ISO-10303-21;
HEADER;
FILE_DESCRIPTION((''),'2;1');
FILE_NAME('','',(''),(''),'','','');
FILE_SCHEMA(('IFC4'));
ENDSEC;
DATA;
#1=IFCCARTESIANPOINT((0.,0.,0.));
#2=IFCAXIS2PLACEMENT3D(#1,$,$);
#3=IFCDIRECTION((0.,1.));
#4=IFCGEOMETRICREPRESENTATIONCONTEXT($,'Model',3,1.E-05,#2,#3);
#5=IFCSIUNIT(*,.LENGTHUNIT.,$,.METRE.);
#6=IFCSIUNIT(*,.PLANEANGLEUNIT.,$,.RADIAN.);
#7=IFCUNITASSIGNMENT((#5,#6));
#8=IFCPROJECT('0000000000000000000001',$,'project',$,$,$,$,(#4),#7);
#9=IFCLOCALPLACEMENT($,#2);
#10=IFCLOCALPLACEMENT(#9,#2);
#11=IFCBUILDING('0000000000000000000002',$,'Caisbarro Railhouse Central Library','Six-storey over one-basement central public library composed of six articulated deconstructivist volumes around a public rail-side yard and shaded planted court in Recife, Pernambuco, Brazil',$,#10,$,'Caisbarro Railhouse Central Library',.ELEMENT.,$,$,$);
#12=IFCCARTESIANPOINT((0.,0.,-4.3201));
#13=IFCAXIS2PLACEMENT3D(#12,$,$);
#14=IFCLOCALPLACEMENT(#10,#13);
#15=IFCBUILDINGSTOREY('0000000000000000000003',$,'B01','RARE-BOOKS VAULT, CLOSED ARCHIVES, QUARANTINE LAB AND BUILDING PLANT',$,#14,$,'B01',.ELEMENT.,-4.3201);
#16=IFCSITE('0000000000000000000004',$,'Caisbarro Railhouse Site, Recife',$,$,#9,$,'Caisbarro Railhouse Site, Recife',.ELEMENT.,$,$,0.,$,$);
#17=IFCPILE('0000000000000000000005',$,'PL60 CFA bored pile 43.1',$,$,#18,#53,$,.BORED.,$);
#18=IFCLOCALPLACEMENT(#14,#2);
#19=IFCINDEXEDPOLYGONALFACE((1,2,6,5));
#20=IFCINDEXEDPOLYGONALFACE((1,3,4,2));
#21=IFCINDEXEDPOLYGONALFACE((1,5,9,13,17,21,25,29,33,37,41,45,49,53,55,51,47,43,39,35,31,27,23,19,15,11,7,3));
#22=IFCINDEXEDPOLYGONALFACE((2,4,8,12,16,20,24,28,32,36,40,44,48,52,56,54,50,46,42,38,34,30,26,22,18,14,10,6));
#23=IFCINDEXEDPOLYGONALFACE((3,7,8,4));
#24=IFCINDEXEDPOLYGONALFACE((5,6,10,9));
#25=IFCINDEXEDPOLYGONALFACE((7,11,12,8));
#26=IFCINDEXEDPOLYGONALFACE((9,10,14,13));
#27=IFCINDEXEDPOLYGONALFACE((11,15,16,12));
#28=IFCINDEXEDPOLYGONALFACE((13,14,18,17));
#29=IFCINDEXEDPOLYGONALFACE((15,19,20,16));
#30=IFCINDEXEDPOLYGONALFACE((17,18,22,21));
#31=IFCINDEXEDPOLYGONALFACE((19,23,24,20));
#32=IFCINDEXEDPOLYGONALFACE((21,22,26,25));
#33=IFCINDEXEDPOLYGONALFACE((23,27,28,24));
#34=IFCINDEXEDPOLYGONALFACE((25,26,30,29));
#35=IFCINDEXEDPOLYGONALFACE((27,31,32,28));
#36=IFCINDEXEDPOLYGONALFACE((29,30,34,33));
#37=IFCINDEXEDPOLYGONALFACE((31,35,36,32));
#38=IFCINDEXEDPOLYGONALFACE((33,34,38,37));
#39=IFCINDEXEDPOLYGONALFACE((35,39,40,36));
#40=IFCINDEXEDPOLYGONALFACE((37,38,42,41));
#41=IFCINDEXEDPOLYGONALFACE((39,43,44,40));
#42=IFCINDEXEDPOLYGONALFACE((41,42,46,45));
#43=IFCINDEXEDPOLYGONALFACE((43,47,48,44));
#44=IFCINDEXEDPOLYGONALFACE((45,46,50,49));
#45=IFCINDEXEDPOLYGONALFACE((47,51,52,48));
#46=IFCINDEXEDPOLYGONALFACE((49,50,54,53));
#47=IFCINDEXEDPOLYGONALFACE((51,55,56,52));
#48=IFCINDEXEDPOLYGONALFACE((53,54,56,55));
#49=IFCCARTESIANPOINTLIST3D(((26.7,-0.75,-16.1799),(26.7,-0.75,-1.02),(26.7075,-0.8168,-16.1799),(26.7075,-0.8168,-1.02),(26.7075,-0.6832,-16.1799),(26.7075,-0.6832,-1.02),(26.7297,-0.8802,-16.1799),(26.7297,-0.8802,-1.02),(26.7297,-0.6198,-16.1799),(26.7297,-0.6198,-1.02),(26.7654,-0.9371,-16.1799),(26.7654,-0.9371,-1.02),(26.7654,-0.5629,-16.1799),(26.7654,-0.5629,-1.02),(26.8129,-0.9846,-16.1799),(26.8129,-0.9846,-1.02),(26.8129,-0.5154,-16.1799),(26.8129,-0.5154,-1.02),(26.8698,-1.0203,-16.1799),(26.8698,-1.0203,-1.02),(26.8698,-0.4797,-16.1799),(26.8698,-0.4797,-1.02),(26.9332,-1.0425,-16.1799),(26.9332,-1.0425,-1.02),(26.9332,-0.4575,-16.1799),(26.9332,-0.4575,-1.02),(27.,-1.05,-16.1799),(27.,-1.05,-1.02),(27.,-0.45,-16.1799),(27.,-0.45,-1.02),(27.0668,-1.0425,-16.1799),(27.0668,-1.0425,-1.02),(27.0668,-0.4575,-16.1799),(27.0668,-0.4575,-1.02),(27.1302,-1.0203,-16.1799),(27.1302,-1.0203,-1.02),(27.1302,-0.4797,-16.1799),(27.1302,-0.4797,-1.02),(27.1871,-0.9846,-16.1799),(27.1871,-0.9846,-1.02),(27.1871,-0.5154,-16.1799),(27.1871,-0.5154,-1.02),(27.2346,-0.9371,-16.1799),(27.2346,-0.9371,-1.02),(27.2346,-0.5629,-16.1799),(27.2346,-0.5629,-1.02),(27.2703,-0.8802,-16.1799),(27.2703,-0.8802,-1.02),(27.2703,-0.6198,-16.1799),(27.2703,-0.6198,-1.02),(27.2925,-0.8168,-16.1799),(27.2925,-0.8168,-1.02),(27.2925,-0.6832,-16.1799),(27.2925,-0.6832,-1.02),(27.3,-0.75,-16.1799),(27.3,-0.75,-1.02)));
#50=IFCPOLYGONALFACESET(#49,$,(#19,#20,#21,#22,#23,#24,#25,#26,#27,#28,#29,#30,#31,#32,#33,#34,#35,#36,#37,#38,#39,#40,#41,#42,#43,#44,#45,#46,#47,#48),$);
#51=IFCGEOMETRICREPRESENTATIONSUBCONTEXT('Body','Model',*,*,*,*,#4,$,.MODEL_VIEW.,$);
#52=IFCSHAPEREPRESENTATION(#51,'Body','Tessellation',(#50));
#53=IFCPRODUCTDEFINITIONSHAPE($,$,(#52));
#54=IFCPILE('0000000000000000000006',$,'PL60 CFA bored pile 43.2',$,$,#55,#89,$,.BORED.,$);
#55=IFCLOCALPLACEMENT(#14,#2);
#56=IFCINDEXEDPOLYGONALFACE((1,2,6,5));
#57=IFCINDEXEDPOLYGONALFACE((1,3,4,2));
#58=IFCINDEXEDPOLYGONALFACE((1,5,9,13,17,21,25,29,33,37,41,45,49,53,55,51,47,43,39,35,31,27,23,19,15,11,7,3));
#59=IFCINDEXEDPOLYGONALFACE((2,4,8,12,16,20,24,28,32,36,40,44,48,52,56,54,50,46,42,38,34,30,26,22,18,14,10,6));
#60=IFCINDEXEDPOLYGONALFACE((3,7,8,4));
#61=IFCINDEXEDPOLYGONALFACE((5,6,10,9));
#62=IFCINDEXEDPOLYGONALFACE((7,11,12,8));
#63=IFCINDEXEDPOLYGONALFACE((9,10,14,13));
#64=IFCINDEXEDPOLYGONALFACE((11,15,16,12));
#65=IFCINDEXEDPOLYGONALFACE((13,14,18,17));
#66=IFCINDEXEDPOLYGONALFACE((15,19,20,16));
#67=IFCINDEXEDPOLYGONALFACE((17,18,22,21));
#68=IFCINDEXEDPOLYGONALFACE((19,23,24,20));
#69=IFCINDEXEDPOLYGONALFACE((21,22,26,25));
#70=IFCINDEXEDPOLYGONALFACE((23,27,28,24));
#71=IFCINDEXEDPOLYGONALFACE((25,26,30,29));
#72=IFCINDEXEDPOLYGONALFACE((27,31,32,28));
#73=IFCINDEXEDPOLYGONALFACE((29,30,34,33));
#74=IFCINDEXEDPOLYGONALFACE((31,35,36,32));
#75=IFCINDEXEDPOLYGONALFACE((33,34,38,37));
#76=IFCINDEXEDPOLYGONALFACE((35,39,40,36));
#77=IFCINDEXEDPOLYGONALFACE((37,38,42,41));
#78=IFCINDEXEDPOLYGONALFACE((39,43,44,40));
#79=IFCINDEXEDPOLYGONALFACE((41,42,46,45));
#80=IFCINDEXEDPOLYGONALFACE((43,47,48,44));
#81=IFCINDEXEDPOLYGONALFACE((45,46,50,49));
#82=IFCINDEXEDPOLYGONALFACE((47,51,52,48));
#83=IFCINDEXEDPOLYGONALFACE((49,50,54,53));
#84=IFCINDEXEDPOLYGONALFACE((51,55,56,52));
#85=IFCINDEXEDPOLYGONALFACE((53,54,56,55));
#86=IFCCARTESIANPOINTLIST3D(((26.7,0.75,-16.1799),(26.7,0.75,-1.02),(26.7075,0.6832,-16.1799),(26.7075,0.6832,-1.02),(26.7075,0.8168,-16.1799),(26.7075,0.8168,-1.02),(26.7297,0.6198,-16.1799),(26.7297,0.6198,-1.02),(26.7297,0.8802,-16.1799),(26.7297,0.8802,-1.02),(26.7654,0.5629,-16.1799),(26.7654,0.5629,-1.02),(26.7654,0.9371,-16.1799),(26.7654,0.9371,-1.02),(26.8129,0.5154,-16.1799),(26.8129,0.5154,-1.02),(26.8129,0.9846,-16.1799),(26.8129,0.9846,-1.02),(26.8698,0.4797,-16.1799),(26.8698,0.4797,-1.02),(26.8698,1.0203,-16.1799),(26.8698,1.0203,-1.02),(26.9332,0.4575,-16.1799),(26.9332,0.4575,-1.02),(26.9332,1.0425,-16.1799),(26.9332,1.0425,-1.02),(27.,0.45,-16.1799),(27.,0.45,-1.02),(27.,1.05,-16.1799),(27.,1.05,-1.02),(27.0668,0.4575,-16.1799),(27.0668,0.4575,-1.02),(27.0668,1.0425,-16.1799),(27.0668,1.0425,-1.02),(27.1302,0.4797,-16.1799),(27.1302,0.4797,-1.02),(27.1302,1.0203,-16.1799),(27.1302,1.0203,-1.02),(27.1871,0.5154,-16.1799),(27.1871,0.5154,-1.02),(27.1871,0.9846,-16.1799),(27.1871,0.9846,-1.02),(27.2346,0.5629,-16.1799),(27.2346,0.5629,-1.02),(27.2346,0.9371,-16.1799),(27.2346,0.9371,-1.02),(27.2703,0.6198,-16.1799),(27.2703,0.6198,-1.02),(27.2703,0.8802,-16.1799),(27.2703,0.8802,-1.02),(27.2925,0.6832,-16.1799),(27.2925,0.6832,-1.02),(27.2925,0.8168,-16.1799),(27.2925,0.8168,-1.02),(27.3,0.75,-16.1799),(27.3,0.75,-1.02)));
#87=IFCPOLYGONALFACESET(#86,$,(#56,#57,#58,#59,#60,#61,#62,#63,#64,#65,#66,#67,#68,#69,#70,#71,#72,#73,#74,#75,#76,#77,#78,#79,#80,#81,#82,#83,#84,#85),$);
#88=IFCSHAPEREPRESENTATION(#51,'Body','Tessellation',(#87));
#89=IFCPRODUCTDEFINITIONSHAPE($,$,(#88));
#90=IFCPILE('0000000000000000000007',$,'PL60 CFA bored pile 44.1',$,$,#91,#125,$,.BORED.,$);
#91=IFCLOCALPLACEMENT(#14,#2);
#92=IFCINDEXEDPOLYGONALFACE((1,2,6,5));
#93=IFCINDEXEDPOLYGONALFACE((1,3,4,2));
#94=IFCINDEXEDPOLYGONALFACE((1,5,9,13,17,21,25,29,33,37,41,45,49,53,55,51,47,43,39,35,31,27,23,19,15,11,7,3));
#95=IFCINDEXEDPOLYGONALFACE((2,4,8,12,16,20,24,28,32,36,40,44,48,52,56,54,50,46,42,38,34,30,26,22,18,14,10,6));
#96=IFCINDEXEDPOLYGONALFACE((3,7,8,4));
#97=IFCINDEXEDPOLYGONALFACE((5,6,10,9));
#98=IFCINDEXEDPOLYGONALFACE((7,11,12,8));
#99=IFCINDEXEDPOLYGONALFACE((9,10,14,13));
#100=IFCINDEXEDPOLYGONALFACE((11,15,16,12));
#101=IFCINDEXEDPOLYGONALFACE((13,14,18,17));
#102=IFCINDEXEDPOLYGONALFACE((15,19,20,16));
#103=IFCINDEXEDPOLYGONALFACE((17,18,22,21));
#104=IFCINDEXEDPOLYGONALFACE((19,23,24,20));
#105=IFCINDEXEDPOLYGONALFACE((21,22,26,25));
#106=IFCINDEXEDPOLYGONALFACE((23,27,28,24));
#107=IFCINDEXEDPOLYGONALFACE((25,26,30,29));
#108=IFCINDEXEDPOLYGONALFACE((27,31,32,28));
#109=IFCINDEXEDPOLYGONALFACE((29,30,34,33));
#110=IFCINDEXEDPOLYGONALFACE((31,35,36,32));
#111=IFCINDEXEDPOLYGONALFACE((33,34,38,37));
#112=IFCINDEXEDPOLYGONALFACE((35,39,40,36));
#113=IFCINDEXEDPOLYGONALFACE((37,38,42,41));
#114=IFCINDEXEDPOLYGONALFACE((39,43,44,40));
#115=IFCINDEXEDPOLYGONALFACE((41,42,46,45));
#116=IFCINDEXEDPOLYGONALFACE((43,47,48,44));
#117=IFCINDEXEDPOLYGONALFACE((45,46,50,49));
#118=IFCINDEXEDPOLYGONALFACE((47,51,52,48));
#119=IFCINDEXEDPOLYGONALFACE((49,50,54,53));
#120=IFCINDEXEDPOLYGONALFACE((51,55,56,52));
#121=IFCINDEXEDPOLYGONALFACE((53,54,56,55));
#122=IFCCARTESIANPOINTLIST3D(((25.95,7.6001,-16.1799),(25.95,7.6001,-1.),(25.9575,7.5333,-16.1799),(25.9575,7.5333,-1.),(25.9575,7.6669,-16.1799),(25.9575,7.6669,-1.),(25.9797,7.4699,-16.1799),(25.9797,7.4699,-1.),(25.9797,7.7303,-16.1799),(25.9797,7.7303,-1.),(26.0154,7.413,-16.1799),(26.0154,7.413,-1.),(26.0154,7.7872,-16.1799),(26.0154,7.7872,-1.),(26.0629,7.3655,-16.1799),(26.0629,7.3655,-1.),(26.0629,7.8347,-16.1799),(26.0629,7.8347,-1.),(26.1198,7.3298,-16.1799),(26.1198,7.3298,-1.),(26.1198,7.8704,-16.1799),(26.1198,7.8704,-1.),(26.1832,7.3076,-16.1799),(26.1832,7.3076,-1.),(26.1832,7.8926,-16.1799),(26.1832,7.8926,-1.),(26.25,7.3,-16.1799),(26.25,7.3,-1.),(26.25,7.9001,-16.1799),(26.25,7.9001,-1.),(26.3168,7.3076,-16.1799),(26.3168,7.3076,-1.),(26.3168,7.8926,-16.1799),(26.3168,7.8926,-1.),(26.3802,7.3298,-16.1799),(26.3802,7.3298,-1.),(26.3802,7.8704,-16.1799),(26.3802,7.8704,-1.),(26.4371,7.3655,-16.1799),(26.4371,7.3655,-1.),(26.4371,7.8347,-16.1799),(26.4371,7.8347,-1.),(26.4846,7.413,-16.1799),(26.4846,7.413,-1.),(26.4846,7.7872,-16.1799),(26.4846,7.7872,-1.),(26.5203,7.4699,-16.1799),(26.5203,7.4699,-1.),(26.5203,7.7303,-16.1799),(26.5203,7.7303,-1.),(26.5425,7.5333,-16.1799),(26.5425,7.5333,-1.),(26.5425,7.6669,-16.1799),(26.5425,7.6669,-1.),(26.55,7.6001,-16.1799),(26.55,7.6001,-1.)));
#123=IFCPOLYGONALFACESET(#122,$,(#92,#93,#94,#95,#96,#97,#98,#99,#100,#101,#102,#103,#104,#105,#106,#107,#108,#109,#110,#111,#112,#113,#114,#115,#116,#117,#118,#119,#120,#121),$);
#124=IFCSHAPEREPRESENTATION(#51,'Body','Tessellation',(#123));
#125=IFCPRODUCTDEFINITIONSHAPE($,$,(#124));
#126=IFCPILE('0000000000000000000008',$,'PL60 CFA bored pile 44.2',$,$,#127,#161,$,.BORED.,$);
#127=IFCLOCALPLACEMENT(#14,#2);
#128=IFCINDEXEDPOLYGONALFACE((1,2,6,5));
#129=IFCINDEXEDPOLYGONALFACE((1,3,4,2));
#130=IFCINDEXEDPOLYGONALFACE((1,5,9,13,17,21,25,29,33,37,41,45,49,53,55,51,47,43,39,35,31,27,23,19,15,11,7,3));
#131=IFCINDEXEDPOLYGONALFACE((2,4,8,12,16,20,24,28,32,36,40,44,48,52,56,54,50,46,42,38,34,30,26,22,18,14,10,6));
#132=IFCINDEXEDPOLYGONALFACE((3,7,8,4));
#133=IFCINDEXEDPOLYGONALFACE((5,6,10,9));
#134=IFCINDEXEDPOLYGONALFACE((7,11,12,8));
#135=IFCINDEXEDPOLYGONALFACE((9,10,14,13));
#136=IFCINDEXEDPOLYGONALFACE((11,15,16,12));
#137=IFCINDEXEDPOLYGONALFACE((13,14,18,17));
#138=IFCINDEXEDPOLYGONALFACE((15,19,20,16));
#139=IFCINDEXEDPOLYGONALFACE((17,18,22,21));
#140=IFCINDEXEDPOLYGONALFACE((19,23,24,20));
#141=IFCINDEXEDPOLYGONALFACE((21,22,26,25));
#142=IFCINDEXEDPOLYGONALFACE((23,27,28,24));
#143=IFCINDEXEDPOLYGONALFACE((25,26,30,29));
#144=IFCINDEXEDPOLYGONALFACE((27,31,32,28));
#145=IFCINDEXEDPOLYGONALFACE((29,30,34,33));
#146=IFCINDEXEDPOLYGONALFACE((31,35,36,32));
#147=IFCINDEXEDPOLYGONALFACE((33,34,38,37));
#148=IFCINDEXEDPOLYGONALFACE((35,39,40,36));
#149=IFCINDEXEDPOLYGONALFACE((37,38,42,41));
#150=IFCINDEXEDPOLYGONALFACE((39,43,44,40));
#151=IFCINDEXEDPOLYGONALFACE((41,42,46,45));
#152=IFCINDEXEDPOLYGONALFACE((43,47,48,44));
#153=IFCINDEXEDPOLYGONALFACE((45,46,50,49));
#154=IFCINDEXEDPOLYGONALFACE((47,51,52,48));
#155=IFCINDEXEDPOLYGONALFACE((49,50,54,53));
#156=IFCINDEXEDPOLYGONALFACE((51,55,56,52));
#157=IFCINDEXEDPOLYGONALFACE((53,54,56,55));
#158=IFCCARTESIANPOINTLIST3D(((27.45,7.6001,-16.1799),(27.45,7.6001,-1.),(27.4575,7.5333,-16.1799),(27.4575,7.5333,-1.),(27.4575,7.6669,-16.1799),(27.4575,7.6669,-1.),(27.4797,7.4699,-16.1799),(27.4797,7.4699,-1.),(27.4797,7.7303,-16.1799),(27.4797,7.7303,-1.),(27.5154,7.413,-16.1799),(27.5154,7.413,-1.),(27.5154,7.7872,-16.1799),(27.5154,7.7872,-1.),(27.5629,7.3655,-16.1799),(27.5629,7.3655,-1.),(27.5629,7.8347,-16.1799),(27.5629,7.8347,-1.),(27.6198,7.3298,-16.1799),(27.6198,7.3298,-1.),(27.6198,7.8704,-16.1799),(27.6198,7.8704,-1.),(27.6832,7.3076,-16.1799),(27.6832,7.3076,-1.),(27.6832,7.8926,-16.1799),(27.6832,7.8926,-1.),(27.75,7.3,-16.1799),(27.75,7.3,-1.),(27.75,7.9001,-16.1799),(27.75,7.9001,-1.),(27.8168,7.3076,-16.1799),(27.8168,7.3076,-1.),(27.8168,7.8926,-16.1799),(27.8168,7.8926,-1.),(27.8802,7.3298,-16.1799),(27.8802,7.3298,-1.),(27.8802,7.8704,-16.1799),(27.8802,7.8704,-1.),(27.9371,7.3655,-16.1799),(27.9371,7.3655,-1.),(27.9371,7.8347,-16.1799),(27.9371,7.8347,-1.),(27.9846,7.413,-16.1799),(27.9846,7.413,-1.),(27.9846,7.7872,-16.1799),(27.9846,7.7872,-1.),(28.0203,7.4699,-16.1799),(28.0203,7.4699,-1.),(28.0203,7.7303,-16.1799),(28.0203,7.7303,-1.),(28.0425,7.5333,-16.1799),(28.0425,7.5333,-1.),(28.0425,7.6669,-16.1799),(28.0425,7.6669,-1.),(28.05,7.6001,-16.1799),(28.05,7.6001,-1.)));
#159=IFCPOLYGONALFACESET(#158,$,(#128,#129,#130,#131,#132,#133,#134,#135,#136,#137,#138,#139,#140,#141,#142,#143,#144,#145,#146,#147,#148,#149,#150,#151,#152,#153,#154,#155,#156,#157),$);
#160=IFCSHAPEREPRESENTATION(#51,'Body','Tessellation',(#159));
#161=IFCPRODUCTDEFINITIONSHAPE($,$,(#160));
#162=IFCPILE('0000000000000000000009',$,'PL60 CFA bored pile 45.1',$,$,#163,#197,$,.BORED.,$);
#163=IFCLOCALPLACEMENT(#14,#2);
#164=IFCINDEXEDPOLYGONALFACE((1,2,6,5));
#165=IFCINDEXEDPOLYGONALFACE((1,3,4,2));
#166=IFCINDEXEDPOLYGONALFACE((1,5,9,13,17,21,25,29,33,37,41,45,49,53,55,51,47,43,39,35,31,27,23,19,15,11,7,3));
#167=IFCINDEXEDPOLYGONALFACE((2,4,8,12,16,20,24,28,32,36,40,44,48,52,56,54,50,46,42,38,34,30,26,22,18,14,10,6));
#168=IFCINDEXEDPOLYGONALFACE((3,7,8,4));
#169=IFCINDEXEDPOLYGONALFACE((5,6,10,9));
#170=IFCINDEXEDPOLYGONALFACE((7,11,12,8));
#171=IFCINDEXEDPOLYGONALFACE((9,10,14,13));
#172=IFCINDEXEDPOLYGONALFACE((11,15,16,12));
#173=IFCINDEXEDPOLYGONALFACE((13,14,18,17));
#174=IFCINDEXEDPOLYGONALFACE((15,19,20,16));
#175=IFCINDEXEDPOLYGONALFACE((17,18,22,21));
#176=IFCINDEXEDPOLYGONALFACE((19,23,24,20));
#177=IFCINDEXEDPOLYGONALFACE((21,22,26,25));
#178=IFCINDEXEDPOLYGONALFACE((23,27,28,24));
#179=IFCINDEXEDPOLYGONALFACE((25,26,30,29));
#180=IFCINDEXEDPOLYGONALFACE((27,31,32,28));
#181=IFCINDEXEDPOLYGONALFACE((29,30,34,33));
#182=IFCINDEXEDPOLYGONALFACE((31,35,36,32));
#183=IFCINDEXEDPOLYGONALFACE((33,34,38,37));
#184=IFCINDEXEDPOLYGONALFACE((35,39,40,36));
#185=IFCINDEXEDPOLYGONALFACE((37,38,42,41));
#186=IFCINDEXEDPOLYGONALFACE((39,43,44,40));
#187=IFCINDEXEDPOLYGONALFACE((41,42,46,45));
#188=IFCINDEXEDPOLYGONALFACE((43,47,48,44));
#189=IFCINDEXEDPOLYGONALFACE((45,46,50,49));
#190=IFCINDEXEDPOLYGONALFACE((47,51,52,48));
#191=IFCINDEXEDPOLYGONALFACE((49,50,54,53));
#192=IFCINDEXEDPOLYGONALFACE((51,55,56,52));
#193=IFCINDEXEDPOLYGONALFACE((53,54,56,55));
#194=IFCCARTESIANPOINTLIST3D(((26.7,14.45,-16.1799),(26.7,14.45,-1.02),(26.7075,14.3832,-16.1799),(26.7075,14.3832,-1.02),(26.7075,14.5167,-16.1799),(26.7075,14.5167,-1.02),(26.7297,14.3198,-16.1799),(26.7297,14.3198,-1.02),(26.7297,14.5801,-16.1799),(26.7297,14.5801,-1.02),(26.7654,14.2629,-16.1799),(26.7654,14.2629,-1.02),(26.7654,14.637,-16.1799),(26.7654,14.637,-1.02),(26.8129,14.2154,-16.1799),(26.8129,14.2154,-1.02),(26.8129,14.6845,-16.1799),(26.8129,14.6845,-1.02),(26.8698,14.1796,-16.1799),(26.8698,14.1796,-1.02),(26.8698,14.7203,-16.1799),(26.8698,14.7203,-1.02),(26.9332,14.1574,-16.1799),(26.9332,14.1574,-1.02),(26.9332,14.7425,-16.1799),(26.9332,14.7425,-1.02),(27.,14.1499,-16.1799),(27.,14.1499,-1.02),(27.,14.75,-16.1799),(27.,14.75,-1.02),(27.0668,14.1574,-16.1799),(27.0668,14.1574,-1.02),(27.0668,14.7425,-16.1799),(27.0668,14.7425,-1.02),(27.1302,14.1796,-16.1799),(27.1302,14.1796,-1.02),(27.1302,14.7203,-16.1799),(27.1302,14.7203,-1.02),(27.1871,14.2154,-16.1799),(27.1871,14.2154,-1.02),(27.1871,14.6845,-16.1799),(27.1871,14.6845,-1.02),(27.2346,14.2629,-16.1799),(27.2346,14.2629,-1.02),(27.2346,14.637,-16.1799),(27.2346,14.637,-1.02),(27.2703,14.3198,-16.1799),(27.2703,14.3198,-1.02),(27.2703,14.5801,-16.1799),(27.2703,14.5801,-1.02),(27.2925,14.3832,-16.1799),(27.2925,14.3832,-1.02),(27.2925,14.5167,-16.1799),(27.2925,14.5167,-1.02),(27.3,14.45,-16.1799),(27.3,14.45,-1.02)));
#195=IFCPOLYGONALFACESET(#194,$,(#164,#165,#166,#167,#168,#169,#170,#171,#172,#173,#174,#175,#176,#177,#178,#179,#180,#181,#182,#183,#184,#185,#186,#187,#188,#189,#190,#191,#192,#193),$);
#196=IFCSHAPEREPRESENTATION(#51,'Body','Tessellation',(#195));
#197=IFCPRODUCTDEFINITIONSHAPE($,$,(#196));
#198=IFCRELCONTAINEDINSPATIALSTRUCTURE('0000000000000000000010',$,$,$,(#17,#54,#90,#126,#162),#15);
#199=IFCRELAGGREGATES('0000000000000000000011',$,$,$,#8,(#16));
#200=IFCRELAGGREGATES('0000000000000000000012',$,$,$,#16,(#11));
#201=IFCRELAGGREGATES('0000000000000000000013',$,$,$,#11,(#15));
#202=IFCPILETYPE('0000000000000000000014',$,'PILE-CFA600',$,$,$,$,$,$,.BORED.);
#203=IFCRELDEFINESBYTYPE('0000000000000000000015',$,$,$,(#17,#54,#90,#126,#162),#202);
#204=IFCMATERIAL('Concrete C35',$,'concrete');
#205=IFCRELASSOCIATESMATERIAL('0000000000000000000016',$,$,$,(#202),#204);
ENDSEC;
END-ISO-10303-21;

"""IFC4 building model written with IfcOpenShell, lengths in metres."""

from ifc_helpers import new_model, si_unit, direction, frame, origin, origin_2d, place, context, subcontext, project, spatial, circle, extrude, material, material_profile, profile_set, type_object, element, save


model = new_model("IFC4")

# Units and contexts
model_context = context("Model", 3, precision=1e-05, world=origin(), true_north=direction((0.0, 1.0)))
body_context = subcontext(model_context, "Body", "Model", "MODEL_VIEW")
ifc_project = project(units=[si_unit("LENGTHUNIT", "METRE"), si_unit("PLANEANGLEUNIT", "RADIAN")], contexts=[model_context])

# Site, building, storey
site_placement = place(None, origin())
site = spatial("IfcSite", under=ifc_project, at=site_placement, Name="Caisbarro Railhouse Site, Recife", LongName="Caisbarro Railhouse Site, Recife", CompositionType="ELEMENT", RefElevation=0.0)
building_placement = place(site_placement, origin())
building = spatial("IfcBuilding", under=site, at=building_placement, Name="Caisbarro Railhouse Central Library", Description="Six-storey over one-basement central public library composed of six articulated deconstructivist volumes around a public rail-side yard and shaded planted court in Recife, Pernambuco, Brazil", LongName="Caisbarro Railhouse Central Library", CompositionType="ELEMENT")
storey_placement = place(building_placement, frame((0.0, 0.0, -4.3201)))
storey = spatial("IfcBuildingStorey", under=building, at=storey_placement, Name="B01", Description="RARE-BOOKS VAULT, CLOSED ARCHIVES, QUARANTINE LAB AND BUILDING PLANT", LongName="B01", CompositionType="ELEMENT", Elevation=-4.3201)

# Shared definitions
ifc_material_1 = material(Name="Concrete C35", Category="concrete")

# Piles
ifc_material_profile_1 = material_profile(ifc_material_1, circle(Radius=0.3, at=origin_2d()), Name="PILE-CFA-600")
ifc_profile_set_1 = profile_set([ifc_material_profile_1], Name="Concrete C35")
pile_type = type_object("IfcPileType", Name="PILE-CFA600", PredefinedType="BORED", material=ifc_profile_set_1)
for number, where, z_axis, x_axis, name in (
    (1, (27.0, -0.75, -1.02), (0.0, 0.0, -1.0), (1.0, 0.0, 0.0), "PL60 CFA bored pile 43.1"),
    (2, (27.0, 0.75, -1.02), (0.0, 0.0, -1.0), (1.0, 0.0, 0.0), "PL60 CFA bored pile 43.2"),
):
    element("IfcPile", number, at=place(storey_placement, frame(where, z_axis=z_axis, x_axis=x_axis)), inside=storey, type_object=pile_type, Name=name, PredefinedType="BORED", context=body_context, shape_type="SweptSolid", body=[
        extrude(circle(Radius=0.3, at=origin_2d()), origin(), (0.0, 0.0, 1.0), 15.1599),
    ])
for number, where, z_axis, x_axis, name in (
    (3, (26.25, 7.6001, -1.0), (0.0, 0.0, -1.0), (1.0, 0.0, 0.0), "PL60 CFA bored pile 44.1"),
    (4, (27.75, 7.6001, -1.0), (0.0, 0.0, -1.0), (1.0, 0.0, 0.0), "PL60 CFA bored pile 44.2"),
):
    element("IfcPile", number, at=place(storey_placement, frame(where, z_axis=z_axis, x_axis=x_axis)), inside=storey, type_object=pile_type, Name=name, PredefinedType="BORED", context=body_context, shape_type="SweptSolid", body=[
        extrude(circle(Radius=0.3, at=origin_2d()), origin(), (0.0, 0.0, 1.0), 15.1799),
    ])
for number, where, z_axis, x_axis, name in (
    (5, (27.0, 14.45, -1.02), (0.0, 0.0, -1.0), (1.0, 0.0, 0.0), "PL60 CFA bored pile 45.1"),
):
    element("IfcPile", number, at=place(storey_placement, frame(where, z_axis=z_axis, x_axis=x_axis)), inside=storey, type_object=pile_type, Name=name, PredefinedType="BORED", context=body_context, shape_type="SweptSolid", body=[
        extrude(circle(Radius=0.3, at=origin_2d()), origin(), (0.0, 0.0, 1.0), 15.1599),
    ])

save(model, "model.ifc")
